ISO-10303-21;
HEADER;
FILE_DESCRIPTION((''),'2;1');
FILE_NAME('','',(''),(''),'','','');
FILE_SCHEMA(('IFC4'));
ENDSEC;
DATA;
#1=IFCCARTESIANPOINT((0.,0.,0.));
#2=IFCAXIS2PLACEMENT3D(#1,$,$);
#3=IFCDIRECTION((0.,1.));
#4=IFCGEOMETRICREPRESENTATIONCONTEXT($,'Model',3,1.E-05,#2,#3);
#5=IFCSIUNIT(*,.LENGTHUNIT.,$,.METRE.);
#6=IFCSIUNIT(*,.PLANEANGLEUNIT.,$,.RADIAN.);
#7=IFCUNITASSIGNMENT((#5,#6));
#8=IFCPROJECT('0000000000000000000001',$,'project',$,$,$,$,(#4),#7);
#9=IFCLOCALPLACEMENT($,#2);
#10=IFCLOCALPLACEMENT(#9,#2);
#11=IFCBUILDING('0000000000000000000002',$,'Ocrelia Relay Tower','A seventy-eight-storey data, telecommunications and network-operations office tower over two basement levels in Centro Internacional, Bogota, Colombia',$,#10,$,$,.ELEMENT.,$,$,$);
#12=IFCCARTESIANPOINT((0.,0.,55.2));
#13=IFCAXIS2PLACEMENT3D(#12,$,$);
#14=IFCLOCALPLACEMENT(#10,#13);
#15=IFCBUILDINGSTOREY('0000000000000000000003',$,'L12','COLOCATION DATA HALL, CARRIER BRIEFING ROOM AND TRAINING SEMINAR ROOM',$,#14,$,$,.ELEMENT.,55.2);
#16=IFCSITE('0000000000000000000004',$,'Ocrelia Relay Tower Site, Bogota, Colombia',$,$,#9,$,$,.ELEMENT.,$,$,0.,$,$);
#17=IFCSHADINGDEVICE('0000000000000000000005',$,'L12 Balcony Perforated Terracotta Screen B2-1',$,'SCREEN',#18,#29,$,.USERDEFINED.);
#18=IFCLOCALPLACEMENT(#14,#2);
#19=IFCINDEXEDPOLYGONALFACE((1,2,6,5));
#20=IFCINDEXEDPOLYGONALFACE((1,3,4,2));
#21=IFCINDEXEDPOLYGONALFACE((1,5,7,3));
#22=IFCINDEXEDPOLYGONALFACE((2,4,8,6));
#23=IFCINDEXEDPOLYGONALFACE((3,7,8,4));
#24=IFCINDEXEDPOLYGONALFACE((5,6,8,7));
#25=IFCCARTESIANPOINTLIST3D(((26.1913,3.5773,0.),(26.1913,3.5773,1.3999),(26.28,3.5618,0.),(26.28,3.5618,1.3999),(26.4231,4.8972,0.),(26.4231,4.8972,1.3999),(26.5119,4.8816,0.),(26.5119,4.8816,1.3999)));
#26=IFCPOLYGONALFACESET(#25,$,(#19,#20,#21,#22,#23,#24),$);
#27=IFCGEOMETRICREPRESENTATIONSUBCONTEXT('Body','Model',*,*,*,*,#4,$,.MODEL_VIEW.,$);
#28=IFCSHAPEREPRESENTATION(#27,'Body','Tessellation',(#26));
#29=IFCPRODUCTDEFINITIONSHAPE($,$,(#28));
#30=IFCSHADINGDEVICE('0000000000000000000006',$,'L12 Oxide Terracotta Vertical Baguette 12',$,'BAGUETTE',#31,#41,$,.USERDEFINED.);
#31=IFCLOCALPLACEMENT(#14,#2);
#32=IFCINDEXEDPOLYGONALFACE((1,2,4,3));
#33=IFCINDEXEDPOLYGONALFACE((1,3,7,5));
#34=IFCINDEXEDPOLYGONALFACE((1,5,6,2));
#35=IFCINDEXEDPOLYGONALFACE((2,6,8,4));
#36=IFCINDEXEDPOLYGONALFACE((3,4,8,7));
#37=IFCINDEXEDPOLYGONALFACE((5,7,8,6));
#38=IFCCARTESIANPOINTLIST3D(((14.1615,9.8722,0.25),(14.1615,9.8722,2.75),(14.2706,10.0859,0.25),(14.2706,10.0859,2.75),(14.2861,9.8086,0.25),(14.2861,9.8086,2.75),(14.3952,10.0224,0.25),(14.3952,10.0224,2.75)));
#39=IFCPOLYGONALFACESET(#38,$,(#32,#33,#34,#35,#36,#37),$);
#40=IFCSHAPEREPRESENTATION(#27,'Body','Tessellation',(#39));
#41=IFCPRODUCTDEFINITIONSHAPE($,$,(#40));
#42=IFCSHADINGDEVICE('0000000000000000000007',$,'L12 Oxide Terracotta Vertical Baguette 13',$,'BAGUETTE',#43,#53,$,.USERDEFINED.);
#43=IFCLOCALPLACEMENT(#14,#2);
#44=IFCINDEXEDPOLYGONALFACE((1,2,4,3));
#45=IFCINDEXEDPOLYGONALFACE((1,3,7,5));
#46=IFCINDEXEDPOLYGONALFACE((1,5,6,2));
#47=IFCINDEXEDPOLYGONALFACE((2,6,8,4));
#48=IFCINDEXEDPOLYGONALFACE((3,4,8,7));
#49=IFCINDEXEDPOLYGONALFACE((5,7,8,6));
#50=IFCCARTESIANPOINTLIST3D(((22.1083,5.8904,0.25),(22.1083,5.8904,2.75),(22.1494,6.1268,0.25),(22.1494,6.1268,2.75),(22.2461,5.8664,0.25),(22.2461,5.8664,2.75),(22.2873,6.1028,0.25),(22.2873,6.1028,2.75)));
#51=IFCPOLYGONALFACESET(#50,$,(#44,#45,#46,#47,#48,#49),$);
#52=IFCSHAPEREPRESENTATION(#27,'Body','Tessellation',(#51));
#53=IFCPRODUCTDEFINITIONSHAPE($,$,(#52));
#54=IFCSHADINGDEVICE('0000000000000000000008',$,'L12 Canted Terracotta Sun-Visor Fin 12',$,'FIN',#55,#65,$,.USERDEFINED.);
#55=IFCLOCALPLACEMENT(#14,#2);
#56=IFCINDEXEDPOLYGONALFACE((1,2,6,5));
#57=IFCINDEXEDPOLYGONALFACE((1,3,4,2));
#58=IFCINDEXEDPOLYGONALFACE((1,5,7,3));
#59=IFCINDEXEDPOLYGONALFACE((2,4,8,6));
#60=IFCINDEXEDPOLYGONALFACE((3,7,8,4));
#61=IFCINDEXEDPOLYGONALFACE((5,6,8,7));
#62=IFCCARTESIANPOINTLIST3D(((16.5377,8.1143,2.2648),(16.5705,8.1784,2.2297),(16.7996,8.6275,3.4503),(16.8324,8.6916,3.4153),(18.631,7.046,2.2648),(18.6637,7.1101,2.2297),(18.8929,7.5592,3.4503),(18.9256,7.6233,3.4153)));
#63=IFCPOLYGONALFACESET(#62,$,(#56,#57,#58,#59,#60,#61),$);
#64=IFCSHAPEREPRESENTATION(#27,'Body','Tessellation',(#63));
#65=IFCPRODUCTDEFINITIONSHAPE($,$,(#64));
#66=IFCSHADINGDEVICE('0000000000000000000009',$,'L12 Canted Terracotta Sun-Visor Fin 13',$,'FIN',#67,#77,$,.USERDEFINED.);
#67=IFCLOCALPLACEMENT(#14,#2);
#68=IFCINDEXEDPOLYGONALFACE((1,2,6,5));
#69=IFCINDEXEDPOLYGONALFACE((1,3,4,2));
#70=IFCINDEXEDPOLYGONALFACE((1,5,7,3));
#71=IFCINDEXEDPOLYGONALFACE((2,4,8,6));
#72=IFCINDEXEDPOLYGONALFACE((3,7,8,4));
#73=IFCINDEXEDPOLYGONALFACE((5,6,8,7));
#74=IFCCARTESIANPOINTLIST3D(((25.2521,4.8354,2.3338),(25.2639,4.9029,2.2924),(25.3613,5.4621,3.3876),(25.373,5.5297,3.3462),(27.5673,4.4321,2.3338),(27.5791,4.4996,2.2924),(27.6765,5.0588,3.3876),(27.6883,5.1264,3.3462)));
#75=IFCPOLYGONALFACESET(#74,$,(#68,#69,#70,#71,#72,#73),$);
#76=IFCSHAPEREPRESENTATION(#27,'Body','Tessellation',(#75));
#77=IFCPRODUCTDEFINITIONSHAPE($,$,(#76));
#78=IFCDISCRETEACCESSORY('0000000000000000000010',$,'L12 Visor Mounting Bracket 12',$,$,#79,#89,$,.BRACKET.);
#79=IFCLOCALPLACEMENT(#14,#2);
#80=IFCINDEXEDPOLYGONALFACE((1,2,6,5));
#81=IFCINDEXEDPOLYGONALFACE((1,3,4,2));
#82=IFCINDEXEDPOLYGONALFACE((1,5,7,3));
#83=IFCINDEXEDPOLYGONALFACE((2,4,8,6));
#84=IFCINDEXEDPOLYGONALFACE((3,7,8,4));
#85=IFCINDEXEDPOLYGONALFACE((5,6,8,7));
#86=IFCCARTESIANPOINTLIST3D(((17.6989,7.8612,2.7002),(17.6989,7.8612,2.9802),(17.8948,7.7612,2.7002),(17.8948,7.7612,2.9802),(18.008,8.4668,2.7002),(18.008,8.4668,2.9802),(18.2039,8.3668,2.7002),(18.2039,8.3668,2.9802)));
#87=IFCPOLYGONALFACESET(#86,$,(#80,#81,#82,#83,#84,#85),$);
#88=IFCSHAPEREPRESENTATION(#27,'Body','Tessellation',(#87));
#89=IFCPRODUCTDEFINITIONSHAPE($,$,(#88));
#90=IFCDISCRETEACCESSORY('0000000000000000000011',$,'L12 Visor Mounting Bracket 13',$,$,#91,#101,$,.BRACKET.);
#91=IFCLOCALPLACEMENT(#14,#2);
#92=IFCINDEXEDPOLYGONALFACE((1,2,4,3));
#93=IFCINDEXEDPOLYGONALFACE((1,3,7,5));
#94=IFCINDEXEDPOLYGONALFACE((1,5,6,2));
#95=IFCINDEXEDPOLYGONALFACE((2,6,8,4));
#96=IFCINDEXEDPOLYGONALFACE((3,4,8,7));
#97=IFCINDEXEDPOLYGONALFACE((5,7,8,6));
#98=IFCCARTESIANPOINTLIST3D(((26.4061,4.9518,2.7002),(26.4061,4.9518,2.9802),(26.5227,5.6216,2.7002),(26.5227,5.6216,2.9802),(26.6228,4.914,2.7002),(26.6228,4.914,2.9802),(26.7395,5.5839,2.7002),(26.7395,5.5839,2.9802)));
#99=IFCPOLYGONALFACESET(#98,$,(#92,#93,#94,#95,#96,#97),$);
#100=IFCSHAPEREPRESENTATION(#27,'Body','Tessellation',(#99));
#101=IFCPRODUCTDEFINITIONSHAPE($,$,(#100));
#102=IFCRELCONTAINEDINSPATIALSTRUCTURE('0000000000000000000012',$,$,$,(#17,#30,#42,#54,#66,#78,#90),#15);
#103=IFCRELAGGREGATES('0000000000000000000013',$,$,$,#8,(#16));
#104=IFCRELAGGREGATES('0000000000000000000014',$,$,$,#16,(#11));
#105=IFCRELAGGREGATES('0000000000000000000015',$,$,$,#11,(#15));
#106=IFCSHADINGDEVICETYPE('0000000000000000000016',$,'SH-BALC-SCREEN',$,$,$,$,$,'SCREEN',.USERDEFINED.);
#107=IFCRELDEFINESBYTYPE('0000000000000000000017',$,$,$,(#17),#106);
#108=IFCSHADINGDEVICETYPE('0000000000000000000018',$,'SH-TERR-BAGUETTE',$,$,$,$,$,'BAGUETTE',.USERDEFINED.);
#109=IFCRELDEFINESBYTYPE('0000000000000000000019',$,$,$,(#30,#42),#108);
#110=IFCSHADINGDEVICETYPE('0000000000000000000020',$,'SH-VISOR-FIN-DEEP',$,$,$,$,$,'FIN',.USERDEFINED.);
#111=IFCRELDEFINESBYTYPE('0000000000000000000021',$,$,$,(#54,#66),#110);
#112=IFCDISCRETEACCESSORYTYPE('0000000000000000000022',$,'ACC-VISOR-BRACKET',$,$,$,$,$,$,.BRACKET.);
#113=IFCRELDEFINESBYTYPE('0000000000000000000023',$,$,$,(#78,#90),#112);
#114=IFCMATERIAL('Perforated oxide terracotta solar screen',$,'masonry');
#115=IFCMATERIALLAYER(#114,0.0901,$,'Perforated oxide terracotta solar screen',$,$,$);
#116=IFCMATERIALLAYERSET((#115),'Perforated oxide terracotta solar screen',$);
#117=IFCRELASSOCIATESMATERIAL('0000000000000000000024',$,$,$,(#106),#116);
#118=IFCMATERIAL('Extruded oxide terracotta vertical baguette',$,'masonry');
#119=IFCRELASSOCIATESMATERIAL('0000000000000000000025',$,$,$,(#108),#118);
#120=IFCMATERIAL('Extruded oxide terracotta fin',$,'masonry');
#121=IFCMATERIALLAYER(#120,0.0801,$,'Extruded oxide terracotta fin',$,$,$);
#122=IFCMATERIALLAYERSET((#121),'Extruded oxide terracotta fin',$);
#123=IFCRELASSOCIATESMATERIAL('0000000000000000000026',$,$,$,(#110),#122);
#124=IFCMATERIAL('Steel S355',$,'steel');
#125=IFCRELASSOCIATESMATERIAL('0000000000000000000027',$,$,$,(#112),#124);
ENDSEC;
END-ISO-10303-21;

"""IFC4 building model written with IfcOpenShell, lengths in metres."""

from ifc_helpers import new_model, si_unit, direction, frame, origin, origin_2d, place, context, subcontext, project, spatial, rectangle, extrude, material, layer, layer_set, type_object, element, save


model = new_model("IFC4")

# Units and contexts
model_context = context("Model", 3, precision=1e-05, world=origin(), true_north=direction((0.0, 1.0)))
body_context = subcontext(model_context, "Body", "Model", "MODEL_VIEW")
ifc_project = project(units=[si_unit("LENGTHUNIT", "METRE"), si_unit("PLANEANGLEUNIT", "RADIAN")], contexts=[model_context])

# Site, building, storey
site_placement = place(None, origin())
site = spatial("IfcSite", under=ifc_project, at=site_placement, Name="Ocrelia Relay Tower Site, Bogota, Colombia", CompositionType="ELEMENT", RefElevation=0.0)
building_placement = place(site_placement, origin())
building = spatial("IfcBuilding", under=site, at=building_placement, Name="Ocrelia Relay Tower", Description="A seventy-eight-storey data, telecommunications and network-operations office tower over two basement levels in Centro Internacional, Bogota, Colombia", CompositionType="ELEMENT")
storey_placement = place(building_placement, frame((0.0, 0.0, 55.2)))
storey = spatial("IfcBuildingStorey", under=building, at=storey_placement, Name="L12", Description="COLOCATION DATA HALL, CARRIER BRIEFING ROOM AND TRAINING SEMINAR ROOM", CompositionType="ELEMENT", Elevation=55.2)

# Shared definitions
ifc_material_1 = material(Name="Steel S355", Category="steel")

# Shading devices
ifc_material_2 = material(Name="Perforated oxide terracotta solar screen", Category="masonry")
ifc_layer_1 = layer(ifc_material_2, 0.0901, Name="Perforated oxide terracotta solar screen")
ifc_layer_set_1 = layer_set([ifc_layer_1], Name="Perforated oxide terracotta solar screen")
shading_device_type_1 = type_object("IfcShadingDeviceType", Name="SH-BALC-SCREEN", ElementType="SCREEN", PredefinedType="USERDEFINED", material=ifc_layer_set_1)
shading_device_1_placement = place(storey_placement, frame((26.3516, 4.2295, 0.0), z_axis=(0.0, 0.0, 1.0), x_axis=(-0.173016, -0.984919, 0.0)))
element("IfcShadingDevice", 1, at=shading_device_1_placement, inside=storey, type_object=shading_device_type_1, Name="L12 Balcony Perforated Terracotta Screen B2-1", ObjectType="SCREEN", PredefinedType="USERDEFINED", context=body_context, shape_type="SweptSolid", body=[
    extrude(rectangle(XDim=1.3401, YDim=0.0901, at=origin_2d()), origin(), (0.0, 0.0, 1.0), 1.3999),
])
ifc_material_3 = material(Name="Extruded oxide terracotta vertical baguette", Category="masonry")
shading_device_type_2 = type_object("IfcShadingDeviceType", Name="SH-TERR-BAGUETTE", ElementType="BAGUETTE", PredefinedType="USERDEFINED", material=ifc_material_3)
for number, where, z_axis, x_axis, name in (
    (2, (14.2783, 9.9473, 0.25), (0.0, 0.0, 1.0), (0.89071, -0.454573, 0.0), "L12 Oxide Terracotta Vertical Baguette 12"),
    (3, (22.1978, 5.9966, 0.25), (0.0, 0.0, 1.0), (0.985164, -0.171615, 0.0), "L12 Oxide Terracotta Vertical Baguette 13"),
):
    element("IfcShadingDevice", number, at=place(storey_placement, frame(where, z_axis=z_axis, x_axis=x_axis)), inside=storey, type_object=shading_device_type_2, Name=name, ObjectType="BAGUETTE", PredefinedType="USERDEFINED", context=body_context, shape_type="SweptSolid", body=[
        extrude(rectangle(XDim=0.1399, YDim=0.24, at=origin_2d()), origin(), (0.0, 0.0, 1.0), 2.5),
    ])
ifc_material_4 = material(Name="Extruded oxide terracotta fin", Category="masonry")
ifc_layer_2 = layer(ifc_material_4, 0.0801, Name="Extruded oxide terracotta fin")
ifc_layer_set_2 = layer_set([ifc_layer_2], Name="Extruded oxide terracotta fin")
shading_device_type_3 = type_object("IfcShadingDeviceType", Name="SH-VISOR-FIN-DEEP", ElementType="FIN", PredefinedType="USERDEFINED", material=ifc_layer_set_2)
shading_device_2_placement = place(storey_placement, frame((17.748, 7.9009, 2.8225), z_axis=(-0.408845, -0.801109, 0.437116), x_axis=(0.89071, -0.454573, 0.0)))
element("IfcShadingDevice", 4, at=shading_device_2_placement, inside=storey, type_object=shading_device_type_3, Name="L12 Canted Terracotta Sun-Visor Fin 12", ObjectType="FIN", PredefinedType="USERDEFINED", context=body_context, shape_type="SweptSolid", body=[
    extrude(rectangle(XDim=2.3501, YDim=1.3181, at=origin_2d()), origin(), (0.0, 0.0, 1.0), 0.0801),
])
shading_device_3_placement = place(storey_placement, frame((26.4761, 5.0146, 2.8193), z_axis=(-0.146918, -0.843386, 0.516832), x_axis=(0.985164, -0.171615, 0.0)))
element("IfcShadingDevice", 5, at=shading_device_3_placement, inside=storey, type_object=shading_device_type_3, Name="L12 Canted Terracotta Sun-Visor Fin 13", ObjectType="FIN", PredefinedType="USERDEFINED", context=body_context, shape_type="SweptSolid", body=[
    extrude(rectangle(XDim=2.3501, YDim=1.231, at=origin_2d()), origin(), (0.0, 0.0, 1.0), 0.0801),
])

# Discrete accessories
discrete_accessory_type = type_object("IfcDiscreteAccessoryType", Name="ACC-VISOR-BRACKET", PredefinedType="BRACKET", material=ifc_material_1)
for number, where, z_axis, x_axis, name in (
    (6, (17.9514, 8.114, 2.7002), (0.0, 0.0, 1.0), (0.89071, -0.454573, 0.0), "L12 Visor Mounting Bracket 12"),
    (7, (26.5728, 5.2678, 2.7002), (0.0, 0.0, 1.0), (0.985164, -0.171615, 0.0), "L12 Visor Mounting Bracket 13"),
):
    element("IfcDiscreteAccessory", number, at=place(storey_placement, frame(where, z_axis=z_axis, x_axis=x_axis)), inside=storey, type_object=discrete_accessory_type, Name=name, PredefinedType="BRACKET", context=body_context, shape_type="SweptSolid", body=[
        extrude(rectangle(XDim=0.22, YDim=0.6799, at=origin_2d()), origin(), (0.0, 0.0, 1.0), 0.28),
    ])

save(model, "model.ifc")
